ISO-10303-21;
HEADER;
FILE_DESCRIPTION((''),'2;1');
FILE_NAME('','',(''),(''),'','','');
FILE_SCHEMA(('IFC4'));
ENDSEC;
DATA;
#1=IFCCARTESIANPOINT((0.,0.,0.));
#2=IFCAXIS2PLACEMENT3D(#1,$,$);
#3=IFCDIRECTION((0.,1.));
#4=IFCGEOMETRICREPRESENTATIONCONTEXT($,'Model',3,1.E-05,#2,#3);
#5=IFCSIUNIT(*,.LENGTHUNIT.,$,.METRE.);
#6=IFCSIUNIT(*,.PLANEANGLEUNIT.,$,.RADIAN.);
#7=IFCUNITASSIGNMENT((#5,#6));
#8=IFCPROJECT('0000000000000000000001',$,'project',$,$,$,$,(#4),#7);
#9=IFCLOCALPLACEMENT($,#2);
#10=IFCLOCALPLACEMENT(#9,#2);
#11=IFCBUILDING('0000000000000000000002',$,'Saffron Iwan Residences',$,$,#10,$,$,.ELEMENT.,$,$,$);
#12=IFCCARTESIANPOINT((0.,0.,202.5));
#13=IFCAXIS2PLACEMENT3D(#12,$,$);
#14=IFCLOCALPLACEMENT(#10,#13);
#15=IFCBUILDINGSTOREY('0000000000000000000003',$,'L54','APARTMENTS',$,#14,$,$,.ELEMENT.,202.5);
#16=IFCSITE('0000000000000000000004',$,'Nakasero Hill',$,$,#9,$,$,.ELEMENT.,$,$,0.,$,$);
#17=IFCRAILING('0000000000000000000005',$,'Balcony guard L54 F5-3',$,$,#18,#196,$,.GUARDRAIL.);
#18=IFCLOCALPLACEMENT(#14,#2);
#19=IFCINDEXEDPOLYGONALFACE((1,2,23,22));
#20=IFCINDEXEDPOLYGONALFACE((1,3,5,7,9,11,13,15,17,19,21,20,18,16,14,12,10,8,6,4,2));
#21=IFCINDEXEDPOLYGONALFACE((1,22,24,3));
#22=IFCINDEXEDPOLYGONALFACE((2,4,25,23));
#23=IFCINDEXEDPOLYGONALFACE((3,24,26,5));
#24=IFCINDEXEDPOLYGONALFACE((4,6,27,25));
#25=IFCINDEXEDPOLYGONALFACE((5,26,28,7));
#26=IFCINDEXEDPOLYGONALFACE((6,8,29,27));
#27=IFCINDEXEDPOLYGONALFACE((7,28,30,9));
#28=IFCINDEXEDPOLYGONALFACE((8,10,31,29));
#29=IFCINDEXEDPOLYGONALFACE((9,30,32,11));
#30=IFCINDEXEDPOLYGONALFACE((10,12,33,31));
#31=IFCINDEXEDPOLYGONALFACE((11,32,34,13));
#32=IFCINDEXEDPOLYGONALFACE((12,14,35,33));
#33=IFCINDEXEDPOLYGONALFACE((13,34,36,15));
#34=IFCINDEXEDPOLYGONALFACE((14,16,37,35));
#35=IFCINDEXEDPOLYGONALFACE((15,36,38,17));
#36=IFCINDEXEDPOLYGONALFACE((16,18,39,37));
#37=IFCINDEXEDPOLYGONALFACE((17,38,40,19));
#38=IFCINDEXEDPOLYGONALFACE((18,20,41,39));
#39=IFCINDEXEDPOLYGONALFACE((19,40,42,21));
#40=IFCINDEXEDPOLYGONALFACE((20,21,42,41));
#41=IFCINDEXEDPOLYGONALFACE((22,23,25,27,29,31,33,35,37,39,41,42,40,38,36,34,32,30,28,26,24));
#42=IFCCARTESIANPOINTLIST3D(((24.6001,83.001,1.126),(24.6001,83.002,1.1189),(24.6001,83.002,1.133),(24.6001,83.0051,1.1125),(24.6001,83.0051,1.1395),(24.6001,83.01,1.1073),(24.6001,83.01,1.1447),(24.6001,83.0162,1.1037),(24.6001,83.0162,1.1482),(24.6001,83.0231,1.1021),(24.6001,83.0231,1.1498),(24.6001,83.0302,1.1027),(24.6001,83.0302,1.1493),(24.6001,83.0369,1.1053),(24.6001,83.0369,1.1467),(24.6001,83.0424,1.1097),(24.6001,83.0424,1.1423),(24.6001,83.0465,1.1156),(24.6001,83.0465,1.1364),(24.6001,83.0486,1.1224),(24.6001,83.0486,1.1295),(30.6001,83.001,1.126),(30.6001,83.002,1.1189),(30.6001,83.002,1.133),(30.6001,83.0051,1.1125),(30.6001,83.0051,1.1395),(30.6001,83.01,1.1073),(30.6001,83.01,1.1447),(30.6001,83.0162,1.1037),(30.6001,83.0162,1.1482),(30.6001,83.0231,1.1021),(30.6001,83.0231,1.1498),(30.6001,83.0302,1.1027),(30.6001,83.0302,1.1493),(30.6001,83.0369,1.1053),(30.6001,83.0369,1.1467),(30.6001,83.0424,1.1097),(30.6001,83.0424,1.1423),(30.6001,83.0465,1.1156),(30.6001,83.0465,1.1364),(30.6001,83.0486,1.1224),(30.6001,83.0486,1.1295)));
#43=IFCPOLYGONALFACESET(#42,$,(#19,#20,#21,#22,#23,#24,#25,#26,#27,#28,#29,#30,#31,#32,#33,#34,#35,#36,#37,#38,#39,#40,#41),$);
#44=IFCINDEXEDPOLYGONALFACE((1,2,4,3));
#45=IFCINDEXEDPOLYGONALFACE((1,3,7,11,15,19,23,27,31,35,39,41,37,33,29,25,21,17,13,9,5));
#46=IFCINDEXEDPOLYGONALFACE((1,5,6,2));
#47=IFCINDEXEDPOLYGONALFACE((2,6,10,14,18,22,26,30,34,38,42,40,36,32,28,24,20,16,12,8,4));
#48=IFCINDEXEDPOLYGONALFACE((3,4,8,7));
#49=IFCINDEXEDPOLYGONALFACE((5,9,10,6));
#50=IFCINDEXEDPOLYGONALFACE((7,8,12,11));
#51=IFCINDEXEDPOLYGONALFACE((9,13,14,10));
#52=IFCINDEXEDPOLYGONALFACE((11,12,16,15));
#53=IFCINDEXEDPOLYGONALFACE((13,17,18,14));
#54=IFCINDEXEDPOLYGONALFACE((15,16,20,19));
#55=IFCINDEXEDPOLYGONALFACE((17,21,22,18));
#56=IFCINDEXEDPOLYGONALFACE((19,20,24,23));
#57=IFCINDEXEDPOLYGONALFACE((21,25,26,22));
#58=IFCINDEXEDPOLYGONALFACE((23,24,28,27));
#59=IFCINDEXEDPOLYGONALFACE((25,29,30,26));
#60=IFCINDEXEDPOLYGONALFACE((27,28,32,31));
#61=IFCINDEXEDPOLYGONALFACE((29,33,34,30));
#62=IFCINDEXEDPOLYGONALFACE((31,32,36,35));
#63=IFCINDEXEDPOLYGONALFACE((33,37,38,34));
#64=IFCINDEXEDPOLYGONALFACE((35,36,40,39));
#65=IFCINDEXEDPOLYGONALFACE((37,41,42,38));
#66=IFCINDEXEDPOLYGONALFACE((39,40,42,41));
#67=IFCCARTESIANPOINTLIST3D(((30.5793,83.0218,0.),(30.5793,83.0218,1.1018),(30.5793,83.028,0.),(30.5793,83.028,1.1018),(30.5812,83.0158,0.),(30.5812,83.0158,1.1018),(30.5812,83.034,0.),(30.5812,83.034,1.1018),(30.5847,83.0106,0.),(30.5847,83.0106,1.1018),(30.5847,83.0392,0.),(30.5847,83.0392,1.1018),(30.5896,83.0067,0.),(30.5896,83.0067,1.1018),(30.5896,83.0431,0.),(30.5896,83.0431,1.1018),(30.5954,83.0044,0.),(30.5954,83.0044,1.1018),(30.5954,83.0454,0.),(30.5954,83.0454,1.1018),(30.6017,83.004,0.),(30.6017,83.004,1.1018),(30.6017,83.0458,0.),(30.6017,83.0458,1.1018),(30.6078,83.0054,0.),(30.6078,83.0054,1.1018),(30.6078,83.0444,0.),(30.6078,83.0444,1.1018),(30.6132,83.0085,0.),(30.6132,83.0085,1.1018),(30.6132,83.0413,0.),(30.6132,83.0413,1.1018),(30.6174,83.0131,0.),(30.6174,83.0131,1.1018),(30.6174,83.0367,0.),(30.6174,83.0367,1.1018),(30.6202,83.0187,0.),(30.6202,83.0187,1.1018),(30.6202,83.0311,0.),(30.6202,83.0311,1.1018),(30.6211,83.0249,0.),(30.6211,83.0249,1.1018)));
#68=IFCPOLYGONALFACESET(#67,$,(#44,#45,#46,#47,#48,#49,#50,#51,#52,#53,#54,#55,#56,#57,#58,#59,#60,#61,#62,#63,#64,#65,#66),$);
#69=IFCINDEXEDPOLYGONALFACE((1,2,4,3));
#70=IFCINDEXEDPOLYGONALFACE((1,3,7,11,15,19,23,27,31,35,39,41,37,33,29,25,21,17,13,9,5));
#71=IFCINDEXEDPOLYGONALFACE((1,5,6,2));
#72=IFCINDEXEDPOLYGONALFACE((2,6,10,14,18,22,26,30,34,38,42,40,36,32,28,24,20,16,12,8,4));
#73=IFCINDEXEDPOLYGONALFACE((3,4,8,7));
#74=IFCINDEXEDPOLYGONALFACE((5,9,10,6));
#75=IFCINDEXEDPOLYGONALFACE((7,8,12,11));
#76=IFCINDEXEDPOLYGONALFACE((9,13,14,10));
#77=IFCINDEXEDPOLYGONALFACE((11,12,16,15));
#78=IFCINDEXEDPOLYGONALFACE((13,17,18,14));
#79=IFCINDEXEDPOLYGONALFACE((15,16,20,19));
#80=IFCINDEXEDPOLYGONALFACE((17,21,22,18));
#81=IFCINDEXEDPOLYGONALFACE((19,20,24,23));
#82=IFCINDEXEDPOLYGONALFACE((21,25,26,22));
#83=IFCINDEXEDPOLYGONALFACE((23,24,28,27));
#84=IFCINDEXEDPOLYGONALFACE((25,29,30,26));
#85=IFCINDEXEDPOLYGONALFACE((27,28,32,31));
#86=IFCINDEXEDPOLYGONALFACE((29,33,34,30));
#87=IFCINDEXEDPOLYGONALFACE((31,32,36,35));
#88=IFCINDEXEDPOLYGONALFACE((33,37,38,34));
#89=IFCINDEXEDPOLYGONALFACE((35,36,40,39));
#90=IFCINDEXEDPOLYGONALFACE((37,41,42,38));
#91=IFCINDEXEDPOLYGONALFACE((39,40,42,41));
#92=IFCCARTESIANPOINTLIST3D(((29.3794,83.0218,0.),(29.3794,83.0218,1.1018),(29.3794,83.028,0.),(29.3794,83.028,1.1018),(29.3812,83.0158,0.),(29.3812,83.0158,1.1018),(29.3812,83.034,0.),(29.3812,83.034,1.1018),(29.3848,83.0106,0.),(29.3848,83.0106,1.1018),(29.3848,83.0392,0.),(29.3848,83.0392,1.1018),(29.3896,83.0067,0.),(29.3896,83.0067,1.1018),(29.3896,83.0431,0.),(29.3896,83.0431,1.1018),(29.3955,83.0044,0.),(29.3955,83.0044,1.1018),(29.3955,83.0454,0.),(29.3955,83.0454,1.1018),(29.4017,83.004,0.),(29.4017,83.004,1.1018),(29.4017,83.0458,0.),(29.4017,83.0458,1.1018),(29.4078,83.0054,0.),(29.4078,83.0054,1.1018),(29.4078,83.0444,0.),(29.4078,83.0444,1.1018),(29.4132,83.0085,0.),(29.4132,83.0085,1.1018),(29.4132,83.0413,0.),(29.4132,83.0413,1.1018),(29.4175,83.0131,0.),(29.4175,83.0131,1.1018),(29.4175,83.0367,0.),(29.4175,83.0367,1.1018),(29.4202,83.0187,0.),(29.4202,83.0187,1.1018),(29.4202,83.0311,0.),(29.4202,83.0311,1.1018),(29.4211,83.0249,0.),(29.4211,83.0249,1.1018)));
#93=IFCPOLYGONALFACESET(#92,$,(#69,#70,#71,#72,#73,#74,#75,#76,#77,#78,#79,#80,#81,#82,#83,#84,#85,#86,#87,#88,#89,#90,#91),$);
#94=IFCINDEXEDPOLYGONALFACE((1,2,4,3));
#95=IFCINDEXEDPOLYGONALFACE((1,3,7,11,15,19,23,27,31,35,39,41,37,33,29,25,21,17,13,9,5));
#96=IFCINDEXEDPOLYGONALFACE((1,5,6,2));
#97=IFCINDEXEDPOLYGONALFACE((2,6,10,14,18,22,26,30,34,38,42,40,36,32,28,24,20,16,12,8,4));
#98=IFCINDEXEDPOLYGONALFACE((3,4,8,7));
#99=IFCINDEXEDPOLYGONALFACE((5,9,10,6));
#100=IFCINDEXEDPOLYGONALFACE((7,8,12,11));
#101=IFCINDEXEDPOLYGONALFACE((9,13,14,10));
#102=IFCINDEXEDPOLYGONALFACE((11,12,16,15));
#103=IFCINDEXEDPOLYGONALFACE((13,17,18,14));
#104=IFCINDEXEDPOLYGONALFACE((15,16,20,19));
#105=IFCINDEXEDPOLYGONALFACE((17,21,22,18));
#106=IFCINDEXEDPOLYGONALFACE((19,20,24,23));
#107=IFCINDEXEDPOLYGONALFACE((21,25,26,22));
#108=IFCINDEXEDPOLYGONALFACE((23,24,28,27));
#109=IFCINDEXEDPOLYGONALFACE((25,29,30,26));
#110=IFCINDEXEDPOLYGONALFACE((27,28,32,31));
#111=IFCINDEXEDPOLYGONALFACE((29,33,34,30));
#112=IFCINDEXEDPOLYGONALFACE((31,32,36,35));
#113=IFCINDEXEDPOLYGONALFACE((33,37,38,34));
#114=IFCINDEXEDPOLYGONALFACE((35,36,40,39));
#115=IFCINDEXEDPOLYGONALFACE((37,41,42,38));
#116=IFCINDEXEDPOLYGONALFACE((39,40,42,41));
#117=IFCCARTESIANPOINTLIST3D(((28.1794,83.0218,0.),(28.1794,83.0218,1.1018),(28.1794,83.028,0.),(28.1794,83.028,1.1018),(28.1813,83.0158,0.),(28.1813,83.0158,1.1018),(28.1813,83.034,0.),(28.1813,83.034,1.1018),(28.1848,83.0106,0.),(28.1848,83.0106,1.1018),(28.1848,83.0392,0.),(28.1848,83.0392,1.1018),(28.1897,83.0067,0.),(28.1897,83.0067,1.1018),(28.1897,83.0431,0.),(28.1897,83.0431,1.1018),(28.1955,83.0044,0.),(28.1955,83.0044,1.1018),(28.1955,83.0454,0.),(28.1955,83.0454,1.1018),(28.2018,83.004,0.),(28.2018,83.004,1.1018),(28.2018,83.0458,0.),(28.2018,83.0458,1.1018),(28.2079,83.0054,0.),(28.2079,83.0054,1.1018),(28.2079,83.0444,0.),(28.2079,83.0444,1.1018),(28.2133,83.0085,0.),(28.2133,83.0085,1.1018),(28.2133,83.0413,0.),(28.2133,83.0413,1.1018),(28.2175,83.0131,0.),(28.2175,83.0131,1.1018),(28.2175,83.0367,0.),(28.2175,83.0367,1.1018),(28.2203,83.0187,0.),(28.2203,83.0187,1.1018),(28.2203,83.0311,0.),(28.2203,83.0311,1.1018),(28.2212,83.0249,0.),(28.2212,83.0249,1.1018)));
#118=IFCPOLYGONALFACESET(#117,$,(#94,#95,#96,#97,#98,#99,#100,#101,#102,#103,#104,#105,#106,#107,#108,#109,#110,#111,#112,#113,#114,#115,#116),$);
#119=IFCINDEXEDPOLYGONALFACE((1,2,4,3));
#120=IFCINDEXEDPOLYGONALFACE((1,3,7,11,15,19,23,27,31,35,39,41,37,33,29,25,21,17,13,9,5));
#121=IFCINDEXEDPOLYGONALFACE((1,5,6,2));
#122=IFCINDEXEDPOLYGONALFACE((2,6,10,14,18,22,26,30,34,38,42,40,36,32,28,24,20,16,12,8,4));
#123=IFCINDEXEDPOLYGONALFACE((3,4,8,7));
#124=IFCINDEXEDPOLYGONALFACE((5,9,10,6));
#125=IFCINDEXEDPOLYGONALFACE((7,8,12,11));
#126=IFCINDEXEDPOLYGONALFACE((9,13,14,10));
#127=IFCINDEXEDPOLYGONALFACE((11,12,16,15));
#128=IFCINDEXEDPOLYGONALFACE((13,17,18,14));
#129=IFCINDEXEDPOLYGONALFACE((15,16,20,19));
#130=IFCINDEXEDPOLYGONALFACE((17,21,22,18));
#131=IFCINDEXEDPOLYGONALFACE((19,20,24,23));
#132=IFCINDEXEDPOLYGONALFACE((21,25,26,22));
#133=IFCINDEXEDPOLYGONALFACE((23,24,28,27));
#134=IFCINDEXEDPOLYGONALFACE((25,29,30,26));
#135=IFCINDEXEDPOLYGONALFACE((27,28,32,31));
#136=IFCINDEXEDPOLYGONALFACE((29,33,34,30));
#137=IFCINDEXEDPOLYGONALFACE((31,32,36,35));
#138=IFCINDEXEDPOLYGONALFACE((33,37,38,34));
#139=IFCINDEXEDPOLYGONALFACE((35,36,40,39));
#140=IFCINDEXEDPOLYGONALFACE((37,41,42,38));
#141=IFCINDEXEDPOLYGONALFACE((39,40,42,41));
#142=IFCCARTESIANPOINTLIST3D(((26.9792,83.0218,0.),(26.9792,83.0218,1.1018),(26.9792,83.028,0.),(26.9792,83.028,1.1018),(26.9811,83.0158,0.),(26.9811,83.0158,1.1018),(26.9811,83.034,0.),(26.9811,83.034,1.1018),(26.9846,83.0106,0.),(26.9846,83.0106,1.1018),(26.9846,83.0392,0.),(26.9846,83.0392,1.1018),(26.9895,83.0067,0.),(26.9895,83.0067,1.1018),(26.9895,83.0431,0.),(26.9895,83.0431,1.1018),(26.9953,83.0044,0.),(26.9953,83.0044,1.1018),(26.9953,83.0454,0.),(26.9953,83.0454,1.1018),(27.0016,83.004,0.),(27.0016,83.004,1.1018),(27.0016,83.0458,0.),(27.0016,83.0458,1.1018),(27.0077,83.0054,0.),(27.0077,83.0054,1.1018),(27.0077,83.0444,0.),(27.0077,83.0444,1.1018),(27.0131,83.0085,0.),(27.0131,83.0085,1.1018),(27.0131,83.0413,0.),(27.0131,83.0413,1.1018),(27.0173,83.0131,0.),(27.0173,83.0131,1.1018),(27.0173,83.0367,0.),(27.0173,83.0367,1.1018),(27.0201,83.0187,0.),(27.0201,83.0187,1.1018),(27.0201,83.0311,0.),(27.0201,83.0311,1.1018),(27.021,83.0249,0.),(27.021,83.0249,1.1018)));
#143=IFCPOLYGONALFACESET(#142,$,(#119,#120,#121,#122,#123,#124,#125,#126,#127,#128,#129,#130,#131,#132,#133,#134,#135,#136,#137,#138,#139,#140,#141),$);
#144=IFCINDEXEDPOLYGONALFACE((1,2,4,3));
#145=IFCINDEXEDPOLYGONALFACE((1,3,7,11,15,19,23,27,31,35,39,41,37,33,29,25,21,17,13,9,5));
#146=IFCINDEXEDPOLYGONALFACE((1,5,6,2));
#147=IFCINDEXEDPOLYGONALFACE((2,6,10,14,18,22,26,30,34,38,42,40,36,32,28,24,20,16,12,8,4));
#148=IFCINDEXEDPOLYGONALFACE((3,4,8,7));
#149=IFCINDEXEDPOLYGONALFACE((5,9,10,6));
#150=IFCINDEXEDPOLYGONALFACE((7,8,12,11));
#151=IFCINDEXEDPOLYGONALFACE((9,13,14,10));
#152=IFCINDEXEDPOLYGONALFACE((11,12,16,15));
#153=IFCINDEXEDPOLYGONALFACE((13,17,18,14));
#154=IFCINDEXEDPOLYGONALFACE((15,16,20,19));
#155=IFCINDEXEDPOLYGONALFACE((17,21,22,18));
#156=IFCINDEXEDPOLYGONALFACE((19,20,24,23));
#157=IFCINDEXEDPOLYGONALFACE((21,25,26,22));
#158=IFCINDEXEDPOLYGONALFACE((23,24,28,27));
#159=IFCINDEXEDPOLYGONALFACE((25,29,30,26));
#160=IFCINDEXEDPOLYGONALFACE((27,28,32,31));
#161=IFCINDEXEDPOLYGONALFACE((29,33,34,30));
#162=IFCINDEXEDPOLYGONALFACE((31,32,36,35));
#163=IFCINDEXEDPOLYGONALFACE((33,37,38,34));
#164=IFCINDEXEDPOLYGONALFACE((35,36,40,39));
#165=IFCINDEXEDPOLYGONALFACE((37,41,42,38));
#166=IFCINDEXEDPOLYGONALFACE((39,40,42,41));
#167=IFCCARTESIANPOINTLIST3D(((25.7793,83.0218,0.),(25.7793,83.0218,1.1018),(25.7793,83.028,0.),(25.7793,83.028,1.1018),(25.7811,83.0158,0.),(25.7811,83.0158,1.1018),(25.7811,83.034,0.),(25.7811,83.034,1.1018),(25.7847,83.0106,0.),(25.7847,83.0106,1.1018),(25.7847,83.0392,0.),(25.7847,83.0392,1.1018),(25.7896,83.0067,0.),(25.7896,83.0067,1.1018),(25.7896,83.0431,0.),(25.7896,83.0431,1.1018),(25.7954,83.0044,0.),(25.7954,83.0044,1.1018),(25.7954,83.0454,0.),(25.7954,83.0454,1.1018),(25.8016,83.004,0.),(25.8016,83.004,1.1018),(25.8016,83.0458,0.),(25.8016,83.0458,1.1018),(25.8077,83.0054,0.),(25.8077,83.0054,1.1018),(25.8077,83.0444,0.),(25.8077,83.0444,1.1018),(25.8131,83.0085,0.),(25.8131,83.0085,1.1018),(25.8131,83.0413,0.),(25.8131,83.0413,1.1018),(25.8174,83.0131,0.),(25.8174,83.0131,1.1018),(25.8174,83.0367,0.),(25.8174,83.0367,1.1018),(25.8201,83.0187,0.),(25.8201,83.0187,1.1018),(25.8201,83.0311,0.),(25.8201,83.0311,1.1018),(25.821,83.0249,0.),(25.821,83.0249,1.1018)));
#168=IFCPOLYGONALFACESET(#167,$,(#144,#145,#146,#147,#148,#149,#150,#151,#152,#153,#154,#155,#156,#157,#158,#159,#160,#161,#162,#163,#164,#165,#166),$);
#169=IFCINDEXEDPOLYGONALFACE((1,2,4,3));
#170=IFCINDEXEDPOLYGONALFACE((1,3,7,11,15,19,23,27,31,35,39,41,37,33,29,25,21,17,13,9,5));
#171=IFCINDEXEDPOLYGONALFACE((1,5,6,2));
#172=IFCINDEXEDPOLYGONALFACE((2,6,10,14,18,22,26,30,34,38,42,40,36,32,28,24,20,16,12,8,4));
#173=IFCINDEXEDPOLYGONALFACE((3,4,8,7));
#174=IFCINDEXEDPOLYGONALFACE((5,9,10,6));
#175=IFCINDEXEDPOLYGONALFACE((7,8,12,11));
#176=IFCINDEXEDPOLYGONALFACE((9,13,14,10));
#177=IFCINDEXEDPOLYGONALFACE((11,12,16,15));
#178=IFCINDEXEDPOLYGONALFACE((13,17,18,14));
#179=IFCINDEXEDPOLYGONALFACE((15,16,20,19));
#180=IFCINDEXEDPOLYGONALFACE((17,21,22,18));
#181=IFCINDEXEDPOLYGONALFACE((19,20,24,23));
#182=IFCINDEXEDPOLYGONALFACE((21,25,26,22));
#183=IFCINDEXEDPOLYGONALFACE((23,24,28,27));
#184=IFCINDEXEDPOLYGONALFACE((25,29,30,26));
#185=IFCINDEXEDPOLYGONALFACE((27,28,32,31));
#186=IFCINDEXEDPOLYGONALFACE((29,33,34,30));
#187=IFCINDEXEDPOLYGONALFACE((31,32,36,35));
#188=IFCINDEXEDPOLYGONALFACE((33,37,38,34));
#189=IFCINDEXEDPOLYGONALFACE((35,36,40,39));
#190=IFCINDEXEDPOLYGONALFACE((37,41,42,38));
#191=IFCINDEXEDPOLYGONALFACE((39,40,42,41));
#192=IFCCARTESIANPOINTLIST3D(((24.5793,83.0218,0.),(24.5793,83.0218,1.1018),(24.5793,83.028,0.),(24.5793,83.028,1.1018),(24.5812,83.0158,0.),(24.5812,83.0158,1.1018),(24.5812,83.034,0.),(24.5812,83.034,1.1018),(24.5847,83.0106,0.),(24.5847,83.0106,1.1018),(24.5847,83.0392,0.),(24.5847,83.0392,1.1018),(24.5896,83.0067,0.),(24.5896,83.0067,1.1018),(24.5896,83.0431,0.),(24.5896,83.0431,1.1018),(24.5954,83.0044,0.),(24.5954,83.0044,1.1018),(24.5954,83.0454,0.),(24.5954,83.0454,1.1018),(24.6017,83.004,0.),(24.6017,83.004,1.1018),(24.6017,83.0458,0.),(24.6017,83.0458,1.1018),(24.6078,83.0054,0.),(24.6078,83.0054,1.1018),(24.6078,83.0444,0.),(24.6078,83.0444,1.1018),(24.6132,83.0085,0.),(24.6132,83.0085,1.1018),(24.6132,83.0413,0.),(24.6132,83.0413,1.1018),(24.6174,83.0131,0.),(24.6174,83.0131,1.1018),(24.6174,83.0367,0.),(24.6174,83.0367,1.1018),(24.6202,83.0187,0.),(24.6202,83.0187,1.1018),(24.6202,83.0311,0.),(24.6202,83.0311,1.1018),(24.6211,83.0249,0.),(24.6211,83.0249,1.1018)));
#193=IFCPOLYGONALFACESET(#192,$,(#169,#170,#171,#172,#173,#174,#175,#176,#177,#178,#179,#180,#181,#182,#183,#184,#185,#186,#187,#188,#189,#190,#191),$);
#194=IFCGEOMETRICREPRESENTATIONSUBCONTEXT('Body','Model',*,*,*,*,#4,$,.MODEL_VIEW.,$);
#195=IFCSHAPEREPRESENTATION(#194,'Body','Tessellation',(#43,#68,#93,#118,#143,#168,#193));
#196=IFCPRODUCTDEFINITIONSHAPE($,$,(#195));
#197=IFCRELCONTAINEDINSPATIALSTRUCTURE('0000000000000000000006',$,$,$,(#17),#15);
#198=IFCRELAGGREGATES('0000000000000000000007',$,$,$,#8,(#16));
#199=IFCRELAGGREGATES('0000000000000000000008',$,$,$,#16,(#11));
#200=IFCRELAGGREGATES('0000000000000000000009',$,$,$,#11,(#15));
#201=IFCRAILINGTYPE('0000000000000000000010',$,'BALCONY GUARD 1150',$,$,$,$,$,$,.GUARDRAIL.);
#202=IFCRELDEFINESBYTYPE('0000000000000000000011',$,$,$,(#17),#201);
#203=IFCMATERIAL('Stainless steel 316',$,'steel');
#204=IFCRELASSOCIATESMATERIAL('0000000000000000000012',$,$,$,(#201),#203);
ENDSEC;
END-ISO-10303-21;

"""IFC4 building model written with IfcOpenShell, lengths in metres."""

from ifc_helpers import new_model, si_unit, direction, frame, origin, origin_2d, place, context, subcontext, project, spatial, circle, extrude, material, type_object, element, save


model = new_model("IFC4")

# Units and contexts
model_context = context("Model", 3, precision=1e-05, world=origin(), true_north=direction((0.0, 1.0)))
body_context = subcontext(model_context, "Body", "Model", "MODEL_VIEW")
ifc_project = project(units=[si_unit("LENGTHUNIT", "METRE"), si_unit("PLANEANGLEUNIT", "RADIAN")], contexts=[model_context])

# Site, building, storey
site_placement = place(None, origin())
site = spatial("IfcSite", under=ifc_project, at=site_placement, Name="Nakasero Hill", CompositionType="ELEMENT", RefElevation=0.0)
building_placement = place(site_placement, origin())
building = spatial("IfcBuilding", under=site, at=building_placement, Name="Saffron Iwan Residences", CompositionType="ELEMENT")
storey_placement = place(building_placement, frame((0.0, 0.0, 202.5)))
storey = spatial("IfcBuildingStorey", under=building, at=storey_placement, Name="L54", Description="APARTMENTS", CompositionType="ELEMENT", Elevation=202.5)

# Railing
ifc_material_1 = material(Name="Stainless steel 316", Category="steel")
railing_type_1 = type_object("IfcRailingType", Name="BALCONY GUARD 1150", PredefinedType="GUARDRAIL", material=ifc_material_1)
railing_1_placement = place(storey_placement, frame((30.6001, 83.0249, 0.0)))
element("IfcRailing", 1, at=railing_1_placement, inside=storey, type_object=railing_type_1, Name="Balcony guard L54 F5-3", PredefinedType="GUARDRAIL", context=body_context, shape_type="SweptSolid", body=[
    extrude(circle(Radius=0.0239, at=origin_2d()), frame((0.0, 0.0, 1.126), z_axis=(-1.0, 0.0, 0.0), x_axis=(0.0, -1.0, 0.0)), (0.0, 0.0, 1.0), 6.0),
    extrude(circle(Radius=0.021, at=origin_2d()), origin(), (0.0, 0.0, 1.0), 1.1018),
    extrude(circle(Radius=0.021, at=origin_2d()), frame((-1.2, 0.0, 0.0)), (0.0, 0.0, 1.0), 1.1018),
    extrude(circle(Radius=0.021, at=origin_2d()), frame((-2.3999, 0.0, 0.0)), (0.0, 0.0, 1.0), 1.1018),
    extrude(circle(Radius=0.021, at=origin_2d()), frame((-3.6001, 0.0, 0.0)), (0.0, 0.0, 1.0), 1.1018),
    extrude(circle(Radius=0.021, at=origin_2d()), frame((-4.8, 0.0, 0.0)), (0.0, 0.0, 1.0), 1.1018),
    extrude(circle(Radius=0.021, at=origin_2d()), frame((-6.0, 0.0, 0.0)), (0.0, 0.0, 1.0), 1.1018),
])

save(model, "model.ifc")
